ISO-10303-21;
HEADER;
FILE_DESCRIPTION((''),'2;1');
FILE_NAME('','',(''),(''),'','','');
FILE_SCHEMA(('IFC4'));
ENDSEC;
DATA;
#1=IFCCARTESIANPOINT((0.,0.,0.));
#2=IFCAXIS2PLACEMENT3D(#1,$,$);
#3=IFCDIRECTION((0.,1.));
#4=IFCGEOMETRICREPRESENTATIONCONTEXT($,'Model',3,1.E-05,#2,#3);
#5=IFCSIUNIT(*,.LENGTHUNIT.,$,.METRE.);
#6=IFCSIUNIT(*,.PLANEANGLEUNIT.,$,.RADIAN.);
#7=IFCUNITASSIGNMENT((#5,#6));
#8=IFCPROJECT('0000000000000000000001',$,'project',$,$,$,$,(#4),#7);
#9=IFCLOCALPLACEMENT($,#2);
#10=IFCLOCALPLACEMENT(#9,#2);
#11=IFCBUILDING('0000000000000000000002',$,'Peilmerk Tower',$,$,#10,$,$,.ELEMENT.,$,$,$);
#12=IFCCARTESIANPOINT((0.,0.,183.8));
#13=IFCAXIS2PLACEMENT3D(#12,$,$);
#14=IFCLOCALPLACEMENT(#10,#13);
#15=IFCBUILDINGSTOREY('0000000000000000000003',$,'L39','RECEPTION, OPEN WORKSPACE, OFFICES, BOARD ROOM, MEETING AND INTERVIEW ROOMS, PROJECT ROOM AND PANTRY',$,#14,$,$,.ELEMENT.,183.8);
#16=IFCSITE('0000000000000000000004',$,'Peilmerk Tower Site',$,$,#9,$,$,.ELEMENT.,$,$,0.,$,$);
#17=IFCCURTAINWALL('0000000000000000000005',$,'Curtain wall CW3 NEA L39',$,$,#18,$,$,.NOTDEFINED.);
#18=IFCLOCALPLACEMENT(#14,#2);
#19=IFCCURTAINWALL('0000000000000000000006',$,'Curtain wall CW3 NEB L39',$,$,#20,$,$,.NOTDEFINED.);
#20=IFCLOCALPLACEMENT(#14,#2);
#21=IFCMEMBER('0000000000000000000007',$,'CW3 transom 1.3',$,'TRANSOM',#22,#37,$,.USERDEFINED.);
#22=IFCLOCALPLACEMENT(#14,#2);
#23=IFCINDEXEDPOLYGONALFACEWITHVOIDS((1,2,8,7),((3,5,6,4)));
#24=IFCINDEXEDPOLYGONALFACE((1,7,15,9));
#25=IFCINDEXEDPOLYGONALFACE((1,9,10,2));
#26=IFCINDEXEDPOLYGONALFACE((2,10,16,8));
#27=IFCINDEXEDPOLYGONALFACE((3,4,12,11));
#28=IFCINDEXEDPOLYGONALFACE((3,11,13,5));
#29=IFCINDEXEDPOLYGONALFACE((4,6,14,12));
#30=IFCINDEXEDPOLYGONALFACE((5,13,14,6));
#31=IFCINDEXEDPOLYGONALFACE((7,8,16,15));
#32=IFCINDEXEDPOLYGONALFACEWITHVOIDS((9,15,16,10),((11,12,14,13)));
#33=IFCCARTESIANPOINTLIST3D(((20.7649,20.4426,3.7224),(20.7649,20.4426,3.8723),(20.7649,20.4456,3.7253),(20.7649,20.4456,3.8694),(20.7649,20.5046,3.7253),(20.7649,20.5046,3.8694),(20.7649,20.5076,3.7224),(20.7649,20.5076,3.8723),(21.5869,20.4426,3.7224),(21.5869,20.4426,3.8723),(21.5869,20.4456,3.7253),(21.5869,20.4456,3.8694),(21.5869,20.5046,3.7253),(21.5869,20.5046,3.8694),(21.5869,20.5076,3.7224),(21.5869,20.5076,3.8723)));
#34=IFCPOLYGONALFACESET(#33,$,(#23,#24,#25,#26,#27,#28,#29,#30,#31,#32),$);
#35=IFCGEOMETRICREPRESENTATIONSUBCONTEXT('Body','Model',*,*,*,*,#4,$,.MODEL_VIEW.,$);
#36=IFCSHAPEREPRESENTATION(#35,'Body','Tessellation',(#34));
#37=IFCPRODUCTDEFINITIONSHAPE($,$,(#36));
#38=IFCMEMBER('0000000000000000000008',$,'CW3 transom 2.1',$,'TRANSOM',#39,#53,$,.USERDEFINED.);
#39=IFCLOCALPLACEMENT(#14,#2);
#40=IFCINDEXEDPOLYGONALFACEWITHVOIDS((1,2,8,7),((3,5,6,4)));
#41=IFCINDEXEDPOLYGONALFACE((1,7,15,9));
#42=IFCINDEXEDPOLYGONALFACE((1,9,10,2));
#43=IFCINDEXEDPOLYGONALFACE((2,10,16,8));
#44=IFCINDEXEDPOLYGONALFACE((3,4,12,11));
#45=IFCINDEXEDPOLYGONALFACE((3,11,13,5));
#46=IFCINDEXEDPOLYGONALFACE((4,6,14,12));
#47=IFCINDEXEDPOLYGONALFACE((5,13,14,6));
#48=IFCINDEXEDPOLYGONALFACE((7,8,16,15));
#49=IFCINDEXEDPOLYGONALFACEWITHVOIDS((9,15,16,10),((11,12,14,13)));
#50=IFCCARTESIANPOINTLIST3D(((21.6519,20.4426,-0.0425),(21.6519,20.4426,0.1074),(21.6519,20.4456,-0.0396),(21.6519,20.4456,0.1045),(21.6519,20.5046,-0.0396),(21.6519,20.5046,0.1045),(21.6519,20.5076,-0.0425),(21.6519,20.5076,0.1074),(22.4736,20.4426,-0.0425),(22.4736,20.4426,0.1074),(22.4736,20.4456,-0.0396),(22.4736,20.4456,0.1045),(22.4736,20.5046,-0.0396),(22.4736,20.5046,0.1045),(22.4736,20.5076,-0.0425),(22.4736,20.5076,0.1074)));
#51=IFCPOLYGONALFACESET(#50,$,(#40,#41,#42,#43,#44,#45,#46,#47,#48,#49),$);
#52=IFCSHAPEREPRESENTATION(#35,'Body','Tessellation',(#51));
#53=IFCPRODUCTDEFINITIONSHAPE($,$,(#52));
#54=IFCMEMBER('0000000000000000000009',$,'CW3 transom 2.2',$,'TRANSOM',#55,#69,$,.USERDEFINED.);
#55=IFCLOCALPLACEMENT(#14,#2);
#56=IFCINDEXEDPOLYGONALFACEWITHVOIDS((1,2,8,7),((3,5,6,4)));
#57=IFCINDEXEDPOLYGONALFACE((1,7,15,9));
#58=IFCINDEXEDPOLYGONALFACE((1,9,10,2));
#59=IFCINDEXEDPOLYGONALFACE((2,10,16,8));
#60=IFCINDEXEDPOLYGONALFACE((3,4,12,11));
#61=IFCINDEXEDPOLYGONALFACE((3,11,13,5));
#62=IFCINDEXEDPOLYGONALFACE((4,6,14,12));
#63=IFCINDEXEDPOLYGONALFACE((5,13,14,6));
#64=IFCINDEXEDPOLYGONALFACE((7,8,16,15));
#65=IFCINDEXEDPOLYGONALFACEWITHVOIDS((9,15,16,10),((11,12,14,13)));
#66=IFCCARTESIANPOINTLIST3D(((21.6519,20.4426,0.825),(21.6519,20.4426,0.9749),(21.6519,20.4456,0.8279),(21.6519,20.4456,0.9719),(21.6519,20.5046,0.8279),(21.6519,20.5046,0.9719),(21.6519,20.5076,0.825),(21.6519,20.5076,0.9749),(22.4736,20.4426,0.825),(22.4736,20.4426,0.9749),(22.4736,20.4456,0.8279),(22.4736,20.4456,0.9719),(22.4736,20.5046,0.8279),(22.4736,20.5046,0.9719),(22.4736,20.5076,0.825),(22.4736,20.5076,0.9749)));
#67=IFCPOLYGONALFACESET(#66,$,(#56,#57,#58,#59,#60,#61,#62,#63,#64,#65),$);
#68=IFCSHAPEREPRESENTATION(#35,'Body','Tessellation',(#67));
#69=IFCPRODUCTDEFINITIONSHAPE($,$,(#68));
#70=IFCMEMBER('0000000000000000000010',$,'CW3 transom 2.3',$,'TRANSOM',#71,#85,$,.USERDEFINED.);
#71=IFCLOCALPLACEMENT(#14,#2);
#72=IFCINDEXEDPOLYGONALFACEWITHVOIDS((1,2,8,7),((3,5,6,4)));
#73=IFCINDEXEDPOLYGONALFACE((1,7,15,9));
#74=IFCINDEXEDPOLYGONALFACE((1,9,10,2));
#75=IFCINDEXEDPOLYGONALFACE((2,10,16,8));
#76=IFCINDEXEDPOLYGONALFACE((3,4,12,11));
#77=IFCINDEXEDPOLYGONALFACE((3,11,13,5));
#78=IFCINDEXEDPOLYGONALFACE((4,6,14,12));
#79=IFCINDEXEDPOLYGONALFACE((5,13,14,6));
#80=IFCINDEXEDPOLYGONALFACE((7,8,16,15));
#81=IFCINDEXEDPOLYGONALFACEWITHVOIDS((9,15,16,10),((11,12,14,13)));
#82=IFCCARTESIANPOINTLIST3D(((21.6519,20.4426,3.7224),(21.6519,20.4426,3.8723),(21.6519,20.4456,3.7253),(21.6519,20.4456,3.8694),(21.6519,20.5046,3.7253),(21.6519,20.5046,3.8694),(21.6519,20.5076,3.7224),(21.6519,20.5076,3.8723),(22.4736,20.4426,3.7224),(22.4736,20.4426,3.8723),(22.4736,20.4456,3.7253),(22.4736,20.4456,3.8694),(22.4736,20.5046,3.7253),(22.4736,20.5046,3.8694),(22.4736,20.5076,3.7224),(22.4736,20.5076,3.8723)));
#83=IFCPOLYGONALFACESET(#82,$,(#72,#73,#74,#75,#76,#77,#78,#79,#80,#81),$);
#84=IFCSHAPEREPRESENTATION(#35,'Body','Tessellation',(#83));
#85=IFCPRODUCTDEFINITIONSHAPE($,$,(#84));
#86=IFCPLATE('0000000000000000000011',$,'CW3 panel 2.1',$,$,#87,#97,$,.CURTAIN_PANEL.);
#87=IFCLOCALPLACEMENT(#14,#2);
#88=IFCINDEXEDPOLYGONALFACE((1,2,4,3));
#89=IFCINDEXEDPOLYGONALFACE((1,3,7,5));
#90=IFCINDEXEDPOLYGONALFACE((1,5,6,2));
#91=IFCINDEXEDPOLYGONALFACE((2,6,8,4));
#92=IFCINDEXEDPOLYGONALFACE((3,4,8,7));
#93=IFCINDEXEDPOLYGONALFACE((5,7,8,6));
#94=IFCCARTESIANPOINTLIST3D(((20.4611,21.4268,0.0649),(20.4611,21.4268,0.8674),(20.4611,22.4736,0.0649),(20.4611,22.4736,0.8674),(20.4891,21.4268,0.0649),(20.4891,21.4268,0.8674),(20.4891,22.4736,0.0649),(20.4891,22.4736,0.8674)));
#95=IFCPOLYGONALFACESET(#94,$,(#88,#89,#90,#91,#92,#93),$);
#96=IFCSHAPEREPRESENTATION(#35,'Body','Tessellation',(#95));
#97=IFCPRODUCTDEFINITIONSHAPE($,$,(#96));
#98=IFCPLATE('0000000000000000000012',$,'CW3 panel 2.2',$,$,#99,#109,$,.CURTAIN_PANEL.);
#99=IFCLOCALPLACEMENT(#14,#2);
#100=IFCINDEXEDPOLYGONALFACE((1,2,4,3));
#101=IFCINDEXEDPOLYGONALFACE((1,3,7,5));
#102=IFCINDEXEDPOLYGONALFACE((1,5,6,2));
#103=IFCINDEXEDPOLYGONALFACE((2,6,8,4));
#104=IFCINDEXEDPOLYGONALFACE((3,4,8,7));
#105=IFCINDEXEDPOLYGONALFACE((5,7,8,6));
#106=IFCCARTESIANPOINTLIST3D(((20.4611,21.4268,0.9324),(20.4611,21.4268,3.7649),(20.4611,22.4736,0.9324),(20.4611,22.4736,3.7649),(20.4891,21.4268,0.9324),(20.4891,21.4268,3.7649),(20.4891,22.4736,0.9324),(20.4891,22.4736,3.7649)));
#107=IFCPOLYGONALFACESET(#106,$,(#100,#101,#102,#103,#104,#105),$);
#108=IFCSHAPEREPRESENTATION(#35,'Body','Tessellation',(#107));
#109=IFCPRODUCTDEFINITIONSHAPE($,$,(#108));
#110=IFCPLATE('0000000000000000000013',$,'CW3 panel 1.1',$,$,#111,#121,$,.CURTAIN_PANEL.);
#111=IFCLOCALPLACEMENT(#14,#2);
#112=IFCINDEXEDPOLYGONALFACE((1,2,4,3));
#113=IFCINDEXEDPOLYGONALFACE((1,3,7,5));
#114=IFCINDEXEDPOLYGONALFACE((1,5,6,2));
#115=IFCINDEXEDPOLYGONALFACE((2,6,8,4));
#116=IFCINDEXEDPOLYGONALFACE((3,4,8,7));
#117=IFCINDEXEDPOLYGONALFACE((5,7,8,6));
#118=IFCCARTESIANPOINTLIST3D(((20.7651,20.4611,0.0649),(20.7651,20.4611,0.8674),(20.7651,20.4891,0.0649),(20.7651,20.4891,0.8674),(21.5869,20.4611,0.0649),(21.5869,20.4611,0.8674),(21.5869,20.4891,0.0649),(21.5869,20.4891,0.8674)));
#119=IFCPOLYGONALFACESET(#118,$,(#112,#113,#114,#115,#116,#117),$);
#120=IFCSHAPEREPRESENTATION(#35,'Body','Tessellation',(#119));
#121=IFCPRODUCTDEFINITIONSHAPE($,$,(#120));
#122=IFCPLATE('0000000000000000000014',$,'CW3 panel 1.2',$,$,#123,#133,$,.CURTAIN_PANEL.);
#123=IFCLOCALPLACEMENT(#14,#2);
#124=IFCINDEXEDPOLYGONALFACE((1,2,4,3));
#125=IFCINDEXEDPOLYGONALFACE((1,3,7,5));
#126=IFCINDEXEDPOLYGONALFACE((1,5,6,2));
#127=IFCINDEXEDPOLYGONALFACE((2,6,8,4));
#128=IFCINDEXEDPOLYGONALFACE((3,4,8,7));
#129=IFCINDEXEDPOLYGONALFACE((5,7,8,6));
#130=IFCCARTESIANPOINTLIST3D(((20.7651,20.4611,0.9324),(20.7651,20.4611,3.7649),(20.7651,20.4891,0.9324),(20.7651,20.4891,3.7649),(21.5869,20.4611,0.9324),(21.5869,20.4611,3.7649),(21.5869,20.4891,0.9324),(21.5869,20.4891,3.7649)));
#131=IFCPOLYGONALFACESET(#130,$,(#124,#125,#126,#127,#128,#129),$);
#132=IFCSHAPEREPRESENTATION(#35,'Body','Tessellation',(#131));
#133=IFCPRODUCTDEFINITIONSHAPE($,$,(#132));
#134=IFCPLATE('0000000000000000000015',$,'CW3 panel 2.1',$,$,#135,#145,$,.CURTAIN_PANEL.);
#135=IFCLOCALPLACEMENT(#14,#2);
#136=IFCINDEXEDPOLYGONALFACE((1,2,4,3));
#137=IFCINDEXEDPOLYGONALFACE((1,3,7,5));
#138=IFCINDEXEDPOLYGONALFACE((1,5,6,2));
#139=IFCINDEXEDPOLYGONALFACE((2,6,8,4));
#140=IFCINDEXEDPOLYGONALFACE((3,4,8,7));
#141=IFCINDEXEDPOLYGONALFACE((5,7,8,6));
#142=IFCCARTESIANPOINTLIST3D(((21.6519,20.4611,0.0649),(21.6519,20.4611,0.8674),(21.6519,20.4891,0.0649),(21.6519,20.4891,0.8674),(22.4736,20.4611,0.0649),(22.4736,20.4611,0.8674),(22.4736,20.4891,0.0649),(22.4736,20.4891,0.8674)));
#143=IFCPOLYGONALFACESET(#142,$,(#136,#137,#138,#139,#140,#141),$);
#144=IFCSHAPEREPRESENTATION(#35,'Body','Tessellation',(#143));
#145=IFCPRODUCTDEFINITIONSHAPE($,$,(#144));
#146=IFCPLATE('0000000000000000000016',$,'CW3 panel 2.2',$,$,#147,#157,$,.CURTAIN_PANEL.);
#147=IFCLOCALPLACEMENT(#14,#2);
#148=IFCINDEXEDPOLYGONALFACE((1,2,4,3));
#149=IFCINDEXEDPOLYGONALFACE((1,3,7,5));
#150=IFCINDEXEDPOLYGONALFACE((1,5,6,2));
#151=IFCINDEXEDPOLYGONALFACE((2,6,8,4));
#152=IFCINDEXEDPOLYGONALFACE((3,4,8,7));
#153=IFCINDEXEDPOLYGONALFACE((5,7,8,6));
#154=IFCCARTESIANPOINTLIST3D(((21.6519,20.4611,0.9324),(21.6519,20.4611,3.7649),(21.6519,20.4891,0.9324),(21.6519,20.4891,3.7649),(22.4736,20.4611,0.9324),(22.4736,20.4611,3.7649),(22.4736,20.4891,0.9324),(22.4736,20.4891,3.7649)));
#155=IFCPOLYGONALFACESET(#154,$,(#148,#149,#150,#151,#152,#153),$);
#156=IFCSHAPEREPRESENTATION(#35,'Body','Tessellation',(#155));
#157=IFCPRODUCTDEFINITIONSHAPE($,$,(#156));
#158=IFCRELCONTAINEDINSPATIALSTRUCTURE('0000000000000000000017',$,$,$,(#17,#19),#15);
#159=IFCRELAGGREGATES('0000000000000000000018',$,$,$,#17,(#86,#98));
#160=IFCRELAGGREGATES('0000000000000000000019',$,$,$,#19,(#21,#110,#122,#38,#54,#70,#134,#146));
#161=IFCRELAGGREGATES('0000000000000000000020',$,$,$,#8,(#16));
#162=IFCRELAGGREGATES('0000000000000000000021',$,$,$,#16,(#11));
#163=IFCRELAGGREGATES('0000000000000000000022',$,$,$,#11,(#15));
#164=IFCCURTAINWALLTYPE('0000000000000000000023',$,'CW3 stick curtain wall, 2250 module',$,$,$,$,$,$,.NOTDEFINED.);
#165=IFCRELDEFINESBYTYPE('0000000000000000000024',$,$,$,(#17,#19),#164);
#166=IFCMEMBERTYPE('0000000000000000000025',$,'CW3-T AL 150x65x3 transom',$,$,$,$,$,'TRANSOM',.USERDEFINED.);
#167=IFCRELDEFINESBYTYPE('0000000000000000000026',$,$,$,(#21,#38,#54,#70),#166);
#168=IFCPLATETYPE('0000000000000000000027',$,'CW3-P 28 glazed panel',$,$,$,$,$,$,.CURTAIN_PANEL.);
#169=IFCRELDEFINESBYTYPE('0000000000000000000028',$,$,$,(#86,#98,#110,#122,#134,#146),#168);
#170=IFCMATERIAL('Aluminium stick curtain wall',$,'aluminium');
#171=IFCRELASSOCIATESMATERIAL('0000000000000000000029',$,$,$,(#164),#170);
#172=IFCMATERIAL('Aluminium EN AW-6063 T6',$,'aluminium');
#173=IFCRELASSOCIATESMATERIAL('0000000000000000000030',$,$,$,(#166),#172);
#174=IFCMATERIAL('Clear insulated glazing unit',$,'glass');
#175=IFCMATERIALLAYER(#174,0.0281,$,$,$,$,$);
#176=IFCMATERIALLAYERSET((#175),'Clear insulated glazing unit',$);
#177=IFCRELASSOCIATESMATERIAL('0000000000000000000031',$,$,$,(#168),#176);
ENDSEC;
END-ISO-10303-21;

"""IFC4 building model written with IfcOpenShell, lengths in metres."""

from ifc_helpers import new_model, si_unit, direction, frame, origin, origin_2d, place, context, subcontext, project, spatial, rectangle, hollow_rectangle, extrude, material, layer, layer_set, material_profile, profile_set, type_object, element, aggregate, save


model = new_model("IFC4")

# Units and contexts
model_context = context("Model", 3, precision=1e-05, world=origin(), true_north=direction((0.0, 1.0)))
body_context = subcontext(model_context, "Body", "Model", "MODEL_VIEW")
ifc_project = project(units=[si_unit("LENGTHUNIT", "METRE"), si_unit("PLANEANGLEUNIT", "RADIAN")], contexts=[model_context])

# Site, building, storey
site_placement = place(None, origin())
site = spatial("IfcSite", under=ifc_project, at=site_placement, Name="Peilmerk Tower Site", CompositionType="ELEMENT", RefElevation=0.0)
building_placement = place(site_placement, origin())
building = spatial("IfcBuilding", under=site, at=building_placement, Name="Peilmerk Tower", CompositionType="ELEMENT")
storey_placement = place(building_placement, frame((0.0, 0.0, 183.8)))
storey = spatial("IfcBuildingStorey", under=building, at=storey_placement, Name="L39", Description="RECEPTION, OPEN WORKSPACE, OFFICES, BOARD ROOM, MEETING AND INTERVIEW ROOMS, PROJECT ROOM AND PANTRY", CompositionType="ELEMENT", Elevation=183.8)

# Curtain wall
ifc_material_1 = material(Name="Aluminium stick curtain wall", Category="aluminium")
curtain_wall_type = type_object("IfcCurtainWallType", Name="CW3 stick curtain wall, 2250 module", PredefinedType="NOTDEFINED", material=ifc_material_1)
curtain_wall_1_placement = place(storey_placement, origin())
curtain_wall_1 = element("IfcCurtainWall", 1, at=curtain_wall_1_placement, inside=storey, type_object=curtain_wall_type, Name="Curtain wall CW3 NEA L39", PredefinedType="NOTDEFINED")
ifc_material_2 = material(Name="Aluminium EN AW-6063 T6", Category="aluminium")

# Curtain wall
curtain_wall_2_placement = place(storey_placement, origin())
curtain_wall_2 = element("IfcCurtainWall", 2, at=curtain_wall_2_placement, inside=storey, type_object=curtain_wall_type, Name="Curtain wall CW3 NEB L39", PredefinedType="NOTDEFINED")

# Members
ifc_material_profile_1 = material_profile(ifc_material_2, hollow_rectangle(XDim=0.0649, YDim=0.1499, WallThickness=0.0029, at=origin_2d()), Name="AL 150x65x3")
ifc_profile_set_1 = profile_set([ifc_material_profile_1], Name="Aluminium EN AW-6063 T6")
member_type_1 = type_object("IfcMemberType", Name="CW3-T AL 150x65x3 transom", ElementType="TRANSOM", PredefinedType="USERDEFINED", material=ifc_profile_set_1)
member_1_placement = place(storey_placement, frame((20.7649, 20.4751, 3.7974), z_axis=(1.0, 0.0, 0.0), x_axis=(0.0, 1.0, 0.0)))
member_1 = element("IfcMember", 3, at=member_1_placement, type_object=member_type_1, Name="CW3 transom 1.3", ObjectType="TRANSOM", PredefinedType="USERDEFINED", context=body_context, shape_type="SweptSolid", body=[
    extrude(hollow_rectangle(XDim=0.0649, YDim=0.1499, WallThickness=0.0029, at=origin_2d()), origin(), (0.0, 0.0, 1.0), 0.822),
])
member_2_placement = place(storey_placement, frame((21.6519, 20.4751, 0.0325), z_axis=(1.0, 0.0, 0.0), x_axis=(0.0, 1.0, 0.0)))
member_2 = element("IfcMember", 4, at=member_2_placement, type_object=member_type_1, Name="CW3 transom 2.1", ObjectType="TRANSOM", PredefinedType="USERDEFINED", context=body_context, shape_type="SweptSolid", body=[
    extrude(hollow_rectangle(XDim=0.0649, YDim=0.1499, WallThickness=0.0029, at=origin_2d()), origin(), (0.0, 0.0, 1.0), 0.8218),
])
member_3_placement = place(storey_placement, frame((21.6519, 20.4751, 0.8999), z_axis=(1.0, 0.0, 0.0), x_axis=(0.0, 1.0, 0.0)))
member_3 = element("IfcMember", 5, at=member_3_placement, type_object=member_type_1, Name="CW3 transom 2.2", ObjectType="TRANSOM", PredefinedType="USERDEFINED", context=body_context, shape_type="SweptSolid", body=[
    extrude(hollow_rectangle(XDim=0.0649, YDim=0.1499, WallThickness=0.0029, at=origin_2d()), origin(), (0.0, 0.0, 1.0), 0.8218),
])
member_4_placement = place(storey_placement, frame((21.6519, 20.4751, 3.7974), z_axis=(1.0, 0.0, 0.0), x_axis=(0.0, 1.0, 0.0)))
member_4 = element("IfcMember", 6, at=member_4_placement, type_object=member_type_1, Name="CW3 transom 2.3", ObjectType="TRANSOM", PredefinedType="USERDEFINED", context=body_context, shape_type="SweptSolid", body=[
    extrude(hollow_rectangle(XDim=0.0649, YDim=0.1499, WallThickness=0.0029, at=origin_2d()), origin(), (0.0, 0.0, 1.0), 0.8218),
])

# Plates
ifc_material_3 = material(Name="Clear insulated glazing unit", Category="glass")
ifc_layer_1 = layer(ifc_material_3, 0.0281)
ifc_layer_set_1 = layer_set([ifc_layer_1], Name="Clear insulated glazing unit")
plate_type = type_object("IfcPlateType", Name="CW3-P 28 glazed panel", PredefinedType="CURTAIN_PANEL", material=ifc_layer_set_1)
plate_1_placement = place(storey_placement, frame((20.4751, 21.9502, 0.0649), z_axis=(0.0, 0.0, 1.0), x_axis=(0.0, 1.0, 0.0)))
plate_1 = element("IfcPlate", 7, at=plate_1_placement, type_object=plate_type, Name="CW3 panel 2.1", PredefinedType="CURTAIN_PANEL", context=body_context, shape_type="SweptSolid", body=[
    extrude(rectangle(XDim=1.0469, YDim=0.0281, at=origin_2d()), origin(), (0.0, 0.0, 1.0), 0.8025),
])
plate_2_placement = place(storey_placement, frame((20.4751, 21.9502, 0.9324), z_axis=(0.0, 0.0, 1.0), x_axis=(0.0, 1.0, 0.0)))
plate_2 = element("IfcPlate", 8, at=plate_2_placement, type_object=plate_type, Name="CW3 panel 2.2", PredefinedType="CURTAIN_PANEL", context=body_context, shape_type="SweptSolid", body=[
    extrude(rectangle(XDim=1.0469, YDim=0.0281, at=origin_2d()), origin(), (0.0, 0.0, 1.0), 2.8325),
])
aggregate(curtain_wall_1, [plate_1, plate_2])
plate_3_placement = place(storey_placement, frame((21.176, 20.4751, 0.0649), z_axis=(0.0, 0.0, 1.0), x_axis=(1.0, 0.0, 0.0)))
plate_3 = element("IfcPlate", 9, at=plate_3_placement, type_object=plate_type, Name="CW3 panel 1.1", PredefinedType="CURTAIN_PANEL", context=body_context, shape_type="SweptSolid", body=[
    extrude(rectangle(XDim=0.8218, YDim=0.0281, at=origin_2d()), origin(), (0.0, 0.0, 1.0), 0.8025),
])
plate_4_placement = place(storey_placement, frame((21.176, 20.4751, 0.9324), z_axis=(0.0, 0.0, 1.0), x_axis=(1.0, 0.0, 0.0)))
plate_4 = element("IfcPlate", 10, at=plate_4_placement, type_object=plate_type, Name="CW3 panel 1.2", PredefinedType="CURTAIN_PANEL", context=body_context, shape_type="SweptSolid", body=[
    extrude(rectangle(XDim=0.8218, YDim=0.0281, at=origin_2d()), origin(), (0.0, 0.0, 1.0), 2.8325),
])
plate_5_placement = place(storey_placement, frame((22.0627, 20.4751, 0.0649), z_axis=(0.0, 0.0, 1.0), x_axis=(1.0, 0.0, 0.0)))
plate_5 = element("IfcPlate", 11, at=plate_5_placement, type_object=plate_type, Name="CW3 panel 2.1", PredefinedType="CURTAIN_PANEL", context=body_context, shape_type="SweptSolid", body=[
    extrude(rectangle(XDim=0.8218, YDim=0.0281, at=origin_2d()), origin(), (0.0, 0.0, 1.0), 0.8025),
])
plate_6_placement = place(storey_placement, frame((22.0627, 20.4751, 0.9324), z_axis=(0.0, 0.0, 1.0), x_axis=(1.0, 0.0, 0.0)))
plate_6 = element("IfcPlate", 12, at=plate_6_placement, type_object=plate_type, Name="CW3 panel 2.2", PredefinedType="CURTAIN_PANEL", context=body_context, shape_type="SweptSolid", body=[
    extrude(rectangle(XDim=0.8218, YDim=0.0281, at=origin_2d()), origin(), (0.0, 0.0, 1.0), 2.8325),
])
aggregate(curtain_wall_2, [member_1, plate_3, plate_4, member_2, member_3, member_4, plate_5, plate_6])

save(model, "model.ifc")
